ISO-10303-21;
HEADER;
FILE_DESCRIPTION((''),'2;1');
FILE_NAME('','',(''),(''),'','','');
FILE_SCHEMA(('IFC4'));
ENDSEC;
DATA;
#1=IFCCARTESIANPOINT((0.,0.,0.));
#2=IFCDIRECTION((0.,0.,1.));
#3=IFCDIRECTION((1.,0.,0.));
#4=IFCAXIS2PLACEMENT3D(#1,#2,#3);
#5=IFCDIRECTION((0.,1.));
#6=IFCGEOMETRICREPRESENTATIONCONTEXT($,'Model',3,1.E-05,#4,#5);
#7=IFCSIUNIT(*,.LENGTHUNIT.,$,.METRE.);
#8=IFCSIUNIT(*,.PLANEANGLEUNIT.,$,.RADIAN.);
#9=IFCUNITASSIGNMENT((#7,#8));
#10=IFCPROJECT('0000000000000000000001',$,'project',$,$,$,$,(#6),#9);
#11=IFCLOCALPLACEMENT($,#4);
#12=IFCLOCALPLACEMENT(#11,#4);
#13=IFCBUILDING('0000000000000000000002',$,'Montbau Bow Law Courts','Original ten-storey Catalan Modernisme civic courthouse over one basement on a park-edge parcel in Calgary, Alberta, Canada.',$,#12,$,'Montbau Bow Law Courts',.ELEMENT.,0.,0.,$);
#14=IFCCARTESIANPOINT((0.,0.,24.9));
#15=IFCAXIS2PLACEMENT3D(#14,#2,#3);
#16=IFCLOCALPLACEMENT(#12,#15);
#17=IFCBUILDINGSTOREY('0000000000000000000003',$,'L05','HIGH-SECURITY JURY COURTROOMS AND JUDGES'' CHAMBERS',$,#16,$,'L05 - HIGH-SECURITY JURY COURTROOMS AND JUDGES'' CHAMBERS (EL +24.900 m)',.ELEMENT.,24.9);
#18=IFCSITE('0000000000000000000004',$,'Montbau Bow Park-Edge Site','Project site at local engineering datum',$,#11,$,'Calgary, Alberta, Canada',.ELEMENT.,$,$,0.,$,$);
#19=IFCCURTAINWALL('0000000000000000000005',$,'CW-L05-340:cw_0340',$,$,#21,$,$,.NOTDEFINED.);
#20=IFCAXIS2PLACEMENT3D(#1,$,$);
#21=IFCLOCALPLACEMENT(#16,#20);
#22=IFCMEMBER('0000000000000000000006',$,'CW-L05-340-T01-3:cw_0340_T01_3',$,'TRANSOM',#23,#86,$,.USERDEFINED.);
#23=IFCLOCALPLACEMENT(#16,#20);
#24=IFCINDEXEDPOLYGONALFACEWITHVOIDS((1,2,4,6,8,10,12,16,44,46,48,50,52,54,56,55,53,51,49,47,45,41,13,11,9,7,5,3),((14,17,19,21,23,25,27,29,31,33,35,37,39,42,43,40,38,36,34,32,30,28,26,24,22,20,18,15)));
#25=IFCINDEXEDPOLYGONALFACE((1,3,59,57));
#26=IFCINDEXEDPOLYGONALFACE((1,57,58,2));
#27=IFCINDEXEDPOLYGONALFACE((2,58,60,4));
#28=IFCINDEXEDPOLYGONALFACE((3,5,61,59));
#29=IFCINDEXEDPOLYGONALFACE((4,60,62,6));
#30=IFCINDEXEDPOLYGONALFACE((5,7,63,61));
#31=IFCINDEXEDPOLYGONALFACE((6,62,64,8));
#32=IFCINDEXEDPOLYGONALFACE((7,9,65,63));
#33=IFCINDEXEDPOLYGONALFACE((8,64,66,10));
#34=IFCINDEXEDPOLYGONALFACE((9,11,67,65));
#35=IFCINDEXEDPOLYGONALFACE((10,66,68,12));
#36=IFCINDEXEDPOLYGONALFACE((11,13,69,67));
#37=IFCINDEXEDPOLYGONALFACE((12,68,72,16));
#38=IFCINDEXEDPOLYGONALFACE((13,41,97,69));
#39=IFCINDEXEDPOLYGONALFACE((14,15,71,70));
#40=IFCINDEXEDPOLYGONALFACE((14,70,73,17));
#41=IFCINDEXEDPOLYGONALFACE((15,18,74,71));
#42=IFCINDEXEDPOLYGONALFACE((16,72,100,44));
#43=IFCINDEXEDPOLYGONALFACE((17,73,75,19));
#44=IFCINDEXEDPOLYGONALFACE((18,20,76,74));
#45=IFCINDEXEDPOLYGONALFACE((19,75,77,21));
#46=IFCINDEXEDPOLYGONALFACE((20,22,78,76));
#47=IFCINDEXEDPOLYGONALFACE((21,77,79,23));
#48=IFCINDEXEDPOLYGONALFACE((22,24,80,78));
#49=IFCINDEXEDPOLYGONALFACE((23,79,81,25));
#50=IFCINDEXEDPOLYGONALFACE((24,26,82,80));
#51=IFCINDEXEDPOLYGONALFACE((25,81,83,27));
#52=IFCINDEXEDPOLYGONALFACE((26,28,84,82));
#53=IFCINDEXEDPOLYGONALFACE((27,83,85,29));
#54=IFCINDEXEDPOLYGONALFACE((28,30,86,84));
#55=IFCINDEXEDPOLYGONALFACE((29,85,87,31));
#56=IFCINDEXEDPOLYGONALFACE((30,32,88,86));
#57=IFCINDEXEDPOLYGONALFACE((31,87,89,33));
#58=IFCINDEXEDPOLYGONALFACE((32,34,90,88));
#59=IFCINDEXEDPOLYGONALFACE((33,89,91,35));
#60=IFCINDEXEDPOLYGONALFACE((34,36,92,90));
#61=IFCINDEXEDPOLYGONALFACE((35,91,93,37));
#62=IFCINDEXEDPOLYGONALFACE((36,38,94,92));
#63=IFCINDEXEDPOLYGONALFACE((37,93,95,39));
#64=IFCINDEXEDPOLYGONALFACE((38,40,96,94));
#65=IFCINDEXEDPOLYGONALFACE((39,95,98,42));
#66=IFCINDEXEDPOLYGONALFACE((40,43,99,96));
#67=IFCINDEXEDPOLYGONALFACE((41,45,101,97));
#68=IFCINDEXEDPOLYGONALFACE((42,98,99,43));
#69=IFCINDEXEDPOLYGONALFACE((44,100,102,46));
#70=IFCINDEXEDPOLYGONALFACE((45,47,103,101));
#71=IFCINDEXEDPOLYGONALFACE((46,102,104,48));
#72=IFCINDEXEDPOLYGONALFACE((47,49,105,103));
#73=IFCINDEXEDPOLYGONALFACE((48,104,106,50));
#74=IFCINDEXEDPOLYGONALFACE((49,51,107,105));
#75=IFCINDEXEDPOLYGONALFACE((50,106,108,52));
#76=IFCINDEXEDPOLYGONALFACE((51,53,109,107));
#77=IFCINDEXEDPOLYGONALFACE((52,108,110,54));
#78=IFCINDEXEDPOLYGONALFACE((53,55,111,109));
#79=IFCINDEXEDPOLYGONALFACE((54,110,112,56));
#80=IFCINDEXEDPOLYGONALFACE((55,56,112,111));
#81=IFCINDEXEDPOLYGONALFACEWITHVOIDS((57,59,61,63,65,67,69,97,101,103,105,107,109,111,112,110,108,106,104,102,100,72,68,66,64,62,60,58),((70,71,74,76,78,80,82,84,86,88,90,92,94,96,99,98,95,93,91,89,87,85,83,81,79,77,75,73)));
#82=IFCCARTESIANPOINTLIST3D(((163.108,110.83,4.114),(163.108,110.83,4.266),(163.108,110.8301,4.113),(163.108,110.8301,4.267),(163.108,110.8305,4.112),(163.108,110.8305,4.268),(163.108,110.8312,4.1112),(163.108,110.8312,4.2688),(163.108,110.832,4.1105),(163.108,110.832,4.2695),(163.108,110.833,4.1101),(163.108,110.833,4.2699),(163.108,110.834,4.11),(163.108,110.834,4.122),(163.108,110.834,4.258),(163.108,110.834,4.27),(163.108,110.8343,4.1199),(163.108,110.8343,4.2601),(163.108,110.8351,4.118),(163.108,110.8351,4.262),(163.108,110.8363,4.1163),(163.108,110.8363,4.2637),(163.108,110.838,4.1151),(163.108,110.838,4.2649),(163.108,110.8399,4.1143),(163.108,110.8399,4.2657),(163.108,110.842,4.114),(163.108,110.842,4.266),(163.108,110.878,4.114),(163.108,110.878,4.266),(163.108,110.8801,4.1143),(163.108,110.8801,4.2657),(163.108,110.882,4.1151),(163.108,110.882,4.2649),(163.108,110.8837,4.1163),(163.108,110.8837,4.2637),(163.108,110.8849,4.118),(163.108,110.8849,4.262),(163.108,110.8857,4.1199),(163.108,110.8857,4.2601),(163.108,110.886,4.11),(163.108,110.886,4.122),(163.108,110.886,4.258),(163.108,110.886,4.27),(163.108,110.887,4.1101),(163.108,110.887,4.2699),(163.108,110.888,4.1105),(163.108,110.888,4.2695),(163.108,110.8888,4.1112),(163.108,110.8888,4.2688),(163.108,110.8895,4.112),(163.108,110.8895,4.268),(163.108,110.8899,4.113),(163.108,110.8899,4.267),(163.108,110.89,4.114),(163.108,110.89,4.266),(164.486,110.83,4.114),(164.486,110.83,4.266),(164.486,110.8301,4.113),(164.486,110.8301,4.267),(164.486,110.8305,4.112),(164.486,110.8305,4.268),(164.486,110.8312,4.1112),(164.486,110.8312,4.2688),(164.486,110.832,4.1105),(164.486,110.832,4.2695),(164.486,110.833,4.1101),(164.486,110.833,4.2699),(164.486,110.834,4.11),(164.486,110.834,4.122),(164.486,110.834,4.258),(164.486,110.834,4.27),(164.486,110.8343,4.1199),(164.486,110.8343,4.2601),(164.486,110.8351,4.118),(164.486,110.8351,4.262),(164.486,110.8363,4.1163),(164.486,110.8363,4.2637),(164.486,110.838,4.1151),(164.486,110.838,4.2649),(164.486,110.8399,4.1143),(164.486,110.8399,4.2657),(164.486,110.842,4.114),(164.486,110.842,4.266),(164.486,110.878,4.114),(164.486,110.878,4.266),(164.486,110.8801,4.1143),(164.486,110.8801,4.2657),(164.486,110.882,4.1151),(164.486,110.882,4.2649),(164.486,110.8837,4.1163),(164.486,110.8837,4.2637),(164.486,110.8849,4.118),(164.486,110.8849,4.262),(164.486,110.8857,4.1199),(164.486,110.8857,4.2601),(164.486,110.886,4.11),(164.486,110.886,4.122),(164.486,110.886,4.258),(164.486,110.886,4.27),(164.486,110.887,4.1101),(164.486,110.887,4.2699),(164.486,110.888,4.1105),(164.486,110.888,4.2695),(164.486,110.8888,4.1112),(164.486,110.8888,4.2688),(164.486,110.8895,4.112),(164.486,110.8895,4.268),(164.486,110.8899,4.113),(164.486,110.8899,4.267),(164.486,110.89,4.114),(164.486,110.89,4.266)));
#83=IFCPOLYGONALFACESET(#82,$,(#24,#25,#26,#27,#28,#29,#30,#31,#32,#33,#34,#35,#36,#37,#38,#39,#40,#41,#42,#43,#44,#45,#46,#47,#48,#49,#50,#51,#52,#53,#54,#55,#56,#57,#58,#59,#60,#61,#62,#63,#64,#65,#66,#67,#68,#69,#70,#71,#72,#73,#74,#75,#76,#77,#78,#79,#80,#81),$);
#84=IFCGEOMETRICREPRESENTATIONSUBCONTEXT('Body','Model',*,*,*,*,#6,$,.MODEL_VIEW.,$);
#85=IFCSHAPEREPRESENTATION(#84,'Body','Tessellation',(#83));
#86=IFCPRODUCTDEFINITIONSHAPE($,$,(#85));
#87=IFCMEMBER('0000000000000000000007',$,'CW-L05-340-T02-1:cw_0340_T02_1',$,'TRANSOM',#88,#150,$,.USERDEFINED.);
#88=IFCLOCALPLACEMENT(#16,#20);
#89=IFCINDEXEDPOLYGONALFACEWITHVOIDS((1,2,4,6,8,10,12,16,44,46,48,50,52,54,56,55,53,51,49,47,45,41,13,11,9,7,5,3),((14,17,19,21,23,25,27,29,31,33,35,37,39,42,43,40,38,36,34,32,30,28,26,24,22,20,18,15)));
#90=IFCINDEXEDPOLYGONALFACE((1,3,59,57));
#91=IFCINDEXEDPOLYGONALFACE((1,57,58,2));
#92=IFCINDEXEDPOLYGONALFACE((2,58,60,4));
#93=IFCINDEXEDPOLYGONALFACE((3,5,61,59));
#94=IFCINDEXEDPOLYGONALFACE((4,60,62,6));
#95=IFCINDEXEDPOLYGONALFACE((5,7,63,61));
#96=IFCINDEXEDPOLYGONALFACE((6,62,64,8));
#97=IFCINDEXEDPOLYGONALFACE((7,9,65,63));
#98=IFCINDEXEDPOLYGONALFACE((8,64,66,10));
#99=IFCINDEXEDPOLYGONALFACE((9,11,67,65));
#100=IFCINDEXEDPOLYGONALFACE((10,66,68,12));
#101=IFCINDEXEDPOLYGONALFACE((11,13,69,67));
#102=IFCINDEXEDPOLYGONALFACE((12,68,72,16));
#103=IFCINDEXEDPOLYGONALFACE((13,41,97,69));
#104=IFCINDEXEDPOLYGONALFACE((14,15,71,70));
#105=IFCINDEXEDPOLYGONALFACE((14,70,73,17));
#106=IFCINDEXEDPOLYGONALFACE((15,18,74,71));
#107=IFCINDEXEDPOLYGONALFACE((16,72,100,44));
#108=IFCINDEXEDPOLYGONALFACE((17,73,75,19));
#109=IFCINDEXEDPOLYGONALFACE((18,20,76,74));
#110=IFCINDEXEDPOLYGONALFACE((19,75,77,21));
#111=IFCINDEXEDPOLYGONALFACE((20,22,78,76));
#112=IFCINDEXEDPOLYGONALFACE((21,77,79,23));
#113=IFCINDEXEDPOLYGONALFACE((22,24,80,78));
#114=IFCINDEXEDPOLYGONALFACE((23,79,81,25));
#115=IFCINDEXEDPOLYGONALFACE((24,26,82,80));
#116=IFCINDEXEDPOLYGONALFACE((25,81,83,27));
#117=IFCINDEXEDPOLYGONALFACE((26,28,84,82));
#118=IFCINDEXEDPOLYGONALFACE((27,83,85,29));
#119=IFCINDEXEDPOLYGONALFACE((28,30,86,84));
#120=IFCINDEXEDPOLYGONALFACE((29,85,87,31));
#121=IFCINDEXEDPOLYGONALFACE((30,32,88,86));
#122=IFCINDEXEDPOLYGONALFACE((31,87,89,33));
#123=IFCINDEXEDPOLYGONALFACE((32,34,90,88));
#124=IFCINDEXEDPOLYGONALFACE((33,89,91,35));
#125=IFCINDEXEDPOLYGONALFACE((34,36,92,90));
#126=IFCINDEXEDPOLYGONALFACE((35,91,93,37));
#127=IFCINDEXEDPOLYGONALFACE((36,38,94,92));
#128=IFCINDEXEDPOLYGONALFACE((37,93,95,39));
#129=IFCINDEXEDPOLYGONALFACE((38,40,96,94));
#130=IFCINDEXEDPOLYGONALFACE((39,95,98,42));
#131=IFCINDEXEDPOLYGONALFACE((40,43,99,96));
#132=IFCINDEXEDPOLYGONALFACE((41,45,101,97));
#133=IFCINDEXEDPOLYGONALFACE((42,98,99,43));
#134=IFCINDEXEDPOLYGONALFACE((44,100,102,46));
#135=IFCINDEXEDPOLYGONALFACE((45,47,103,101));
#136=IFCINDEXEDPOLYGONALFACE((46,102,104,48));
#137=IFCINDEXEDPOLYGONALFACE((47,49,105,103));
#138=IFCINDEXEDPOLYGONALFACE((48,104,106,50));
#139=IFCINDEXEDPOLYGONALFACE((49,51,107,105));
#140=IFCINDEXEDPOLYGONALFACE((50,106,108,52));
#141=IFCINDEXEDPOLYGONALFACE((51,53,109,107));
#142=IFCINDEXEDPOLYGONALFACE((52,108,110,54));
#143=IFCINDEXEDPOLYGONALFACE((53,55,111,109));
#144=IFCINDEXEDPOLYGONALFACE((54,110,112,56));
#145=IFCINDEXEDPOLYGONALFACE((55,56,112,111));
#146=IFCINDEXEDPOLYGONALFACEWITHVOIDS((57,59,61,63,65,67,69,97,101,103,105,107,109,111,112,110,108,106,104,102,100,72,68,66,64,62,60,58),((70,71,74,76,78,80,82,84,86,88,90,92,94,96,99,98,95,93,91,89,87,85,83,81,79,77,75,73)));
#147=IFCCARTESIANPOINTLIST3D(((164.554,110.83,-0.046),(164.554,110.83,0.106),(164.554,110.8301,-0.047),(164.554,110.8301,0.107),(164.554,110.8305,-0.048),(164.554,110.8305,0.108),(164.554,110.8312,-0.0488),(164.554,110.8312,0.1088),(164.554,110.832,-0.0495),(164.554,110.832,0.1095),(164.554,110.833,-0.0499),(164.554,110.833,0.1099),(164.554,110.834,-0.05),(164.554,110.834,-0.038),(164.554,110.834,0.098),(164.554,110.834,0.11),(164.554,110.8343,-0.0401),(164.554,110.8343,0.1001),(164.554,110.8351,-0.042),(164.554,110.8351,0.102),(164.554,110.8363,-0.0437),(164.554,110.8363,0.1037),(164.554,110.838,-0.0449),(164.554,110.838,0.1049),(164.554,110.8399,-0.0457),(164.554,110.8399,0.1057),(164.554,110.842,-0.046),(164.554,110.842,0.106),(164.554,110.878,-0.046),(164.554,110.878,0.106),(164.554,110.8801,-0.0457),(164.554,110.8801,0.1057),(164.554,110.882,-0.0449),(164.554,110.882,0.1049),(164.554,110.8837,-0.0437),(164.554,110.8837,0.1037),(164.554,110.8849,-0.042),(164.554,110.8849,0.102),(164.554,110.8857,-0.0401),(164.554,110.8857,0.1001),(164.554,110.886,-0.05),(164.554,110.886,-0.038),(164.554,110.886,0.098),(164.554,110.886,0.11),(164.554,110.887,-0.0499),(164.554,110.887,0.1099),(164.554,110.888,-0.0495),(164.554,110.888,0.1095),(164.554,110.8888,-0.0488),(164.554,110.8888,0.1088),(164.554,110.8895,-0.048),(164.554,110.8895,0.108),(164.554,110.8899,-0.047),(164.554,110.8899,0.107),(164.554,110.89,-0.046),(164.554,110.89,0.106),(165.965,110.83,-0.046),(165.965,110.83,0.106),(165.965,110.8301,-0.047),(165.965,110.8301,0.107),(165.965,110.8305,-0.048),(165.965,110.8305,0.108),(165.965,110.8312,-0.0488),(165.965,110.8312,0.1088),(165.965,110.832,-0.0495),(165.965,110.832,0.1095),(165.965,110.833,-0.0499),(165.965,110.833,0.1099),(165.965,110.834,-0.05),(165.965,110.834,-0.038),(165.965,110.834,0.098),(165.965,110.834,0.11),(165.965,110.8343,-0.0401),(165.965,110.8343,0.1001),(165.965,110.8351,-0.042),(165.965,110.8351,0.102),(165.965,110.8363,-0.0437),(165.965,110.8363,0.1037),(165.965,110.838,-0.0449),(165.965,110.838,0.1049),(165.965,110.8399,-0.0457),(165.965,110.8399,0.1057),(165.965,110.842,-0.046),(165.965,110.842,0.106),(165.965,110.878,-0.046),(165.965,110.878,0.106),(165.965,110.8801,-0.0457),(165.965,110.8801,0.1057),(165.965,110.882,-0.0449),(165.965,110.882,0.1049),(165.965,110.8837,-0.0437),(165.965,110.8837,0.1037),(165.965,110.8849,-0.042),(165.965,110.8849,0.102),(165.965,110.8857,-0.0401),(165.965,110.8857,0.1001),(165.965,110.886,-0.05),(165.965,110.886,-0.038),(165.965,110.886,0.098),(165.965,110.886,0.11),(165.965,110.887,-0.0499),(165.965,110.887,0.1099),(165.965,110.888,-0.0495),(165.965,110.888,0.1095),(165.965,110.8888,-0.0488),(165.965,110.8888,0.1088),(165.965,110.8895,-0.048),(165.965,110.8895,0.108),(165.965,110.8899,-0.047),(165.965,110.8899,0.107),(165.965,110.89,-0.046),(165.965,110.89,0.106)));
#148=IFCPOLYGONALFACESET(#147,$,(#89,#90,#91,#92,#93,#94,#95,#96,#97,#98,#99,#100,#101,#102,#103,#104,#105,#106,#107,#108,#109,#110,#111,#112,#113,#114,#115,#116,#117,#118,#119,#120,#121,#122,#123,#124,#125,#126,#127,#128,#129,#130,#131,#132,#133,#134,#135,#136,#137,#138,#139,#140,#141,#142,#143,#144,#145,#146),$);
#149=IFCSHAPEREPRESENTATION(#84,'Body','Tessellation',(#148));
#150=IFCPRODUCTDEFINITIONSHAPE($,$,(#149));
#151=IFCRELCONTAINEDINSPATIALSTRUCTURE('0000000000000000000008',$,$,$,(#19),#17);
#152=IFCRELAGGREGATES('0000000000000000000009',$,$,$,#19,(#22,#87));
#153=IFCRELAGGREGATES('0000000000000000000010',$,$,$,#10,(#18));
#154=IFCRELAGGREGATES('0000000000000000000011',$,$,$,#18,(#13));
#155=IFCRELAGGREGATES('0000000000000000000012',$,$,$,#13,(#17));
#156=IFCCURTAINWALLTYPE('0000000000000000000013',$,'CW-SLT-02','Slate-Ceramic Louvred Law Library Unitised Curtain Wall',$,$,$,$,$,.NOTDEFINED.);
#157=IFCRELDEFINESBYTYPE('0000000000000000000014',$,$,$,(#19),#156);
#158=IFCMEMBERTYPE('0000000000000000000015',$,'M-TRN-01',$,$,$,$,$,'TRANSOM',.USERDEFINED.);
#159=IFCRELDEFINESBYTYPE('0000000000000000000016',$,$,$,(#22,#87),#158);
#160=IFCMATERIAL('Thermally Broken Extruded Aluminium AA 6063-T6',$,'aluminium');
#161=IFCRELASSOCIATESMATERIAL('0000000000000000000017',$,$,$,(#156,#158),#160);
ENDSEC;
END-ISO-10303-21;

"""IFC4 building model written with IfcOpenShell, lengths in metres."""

from ifc_helpers import new_model, si_unit, direction, frame, origin_with_axes, origin_2d_with_axis, place, context, subcontext, project, spatial, hollow_rectangle, extrude, material, material_profile, profile_set, type_object, element, aggregate, save


model = new_model("IFC4")

# Units and contexts
model_context = context("Model", 3, precision=1e-05, world=origin_with_axes(), true_north=direction((0.0, 1.0)))
body_context = subcontext(model_context, "Body", "Model", "MODEL_VIEW")
ifc_project = project(units=[si_unit("LENGTHUNIT", "METRE"), si_unit("PLANEANGLEUNIT", "RADIAN")], contexts=[model_context])

# Site, building, storey
site_placement = place(None, origin_with_axes())
site = spatial("IfcSite", under=ifc_project, at=site_placement, Name="Montbau Bow Park-Edge Site", Description="Project site at local engineering datum", LongName="Calgary, Alberta, Canada", CompositionType="ELEMENT", RefElevation=0.0)
building_placement = place(site_placement, origin_with_axes())
building = spatial("IfcBuilding", under=site, at=building_placement, Name="Montbau Bow Law Courts", Description="Original ten-storey Catalan Modernisme civic courthouse over one basement on a park-edge parcel in Calgary, Alberta, Canada.", LongName="Montbau Bow Law Courts", CompositionType="ELEMENT", ElevationOfRefHeight=0.0, ElevationOfTerrain=0.0)
storey_placement = place(building_placement, frame((0.0, 0.0, 24.9), z_axis=(0.0, 0.0, 1.0), x_axis=(1.0, 0.0, 0.0)))
storey = spatial("IfcBuildingStorey", under=building, at=storey_placement, Name="L05", Description="HIGH-SECURITY JURY COURTROOMS AND JUDGES' CHAMBERS", LongName="L05 - HIGH-SECURITY JURY COURTROOMS AND JUDGES' CHAMBERS (EL +24.900 m)", CompositionType="ELEMENT", Elevation=24.9)

# Curtain wall, members
ifc_material_1 = material(Name="Thermally Broken Extruded Aluminium AA 6063-T6", Category="aluminium")
curtain_wall_type = type_object("IfcCurtainWallType", Name="CW-SLT-02", Description="Slate-Ceramic Louvred Law Library Unitised Curtain Wall", PredefinedType="NOTDEFINED", material=ifc_material_1)
curtain_wall_placement = place(None, frame((163.04, 110.86, 24.9), z_axis=(0.0, 0.0, 1.0), x_axis=(1.0, 0.0, 0.0)))
curtain_wall = element("IfcCurtainWall", 1, at=curtain_wall_placement, inside=storey, type_object=curtain_wall_type, Name="CW-L05-340:cw_0340", PredefinedType="NOTDEFINED")
ifc_material_profile_1 = material_profile(ifc_material_1, hollow_rectangle(XDim=0.06, YDim=0.16, WallThickness=0.004, InnerFilletRadius=0.008, OuterFilletRadius=0.004, at=origin_2d_with_axis()), Name="CWT-160X60", Category="Main", Priority=0)
ifc_profile_set_1 = profile_set([ifc_material_profile_1], Name="Thermally Broken Extruded Aluminium AA 6063-T6")
member_type_1 = type_object("IfcMemberType", Name="M-TRN-01", ElementType="TRANSOM", PredefinedType="USERDEFINED", material=ifc_profile_set_1)
member_1_placement = place(None, frame((163.108, 110.86, 29.09), z_axis=(1.0, 0.0, 0.0), x_axis=(0.0, 1.0, 0.0)))
member_1 = element("IfcMember", 2, at=member_1_placement, type_object=member_type_1, Name="CW-L05-340-T01-3:cw_0340_T01_3", ObjectType="TRANSOM", PredefinedType="USERDEFINED", context=body_context, shape_type="SweptSolid", body=[
    extrude(hollow_rectangle(XDim=0.06, YDim=0.16, WallThickness=0.004, InnerFilletRadius=0.008, OuterFilletRadius=0.004, at=origin_2d_with_axis()), origin_with_axes(), (0.0, 0.0, 1.0), 1.378),
])
member_2_placement = place(None, frame((164.554, 110.86, 24.93), z_axis=(1.0, 0.0, 0.0), x_axis=(0.0, 1.0, 0.0)))
member_2 = element("IfcMember", 3, at=member_2_placement, type_object=member_type_1, Name="CW-L05-340-T02-1:cw_0340_T02_1", ObjectType="TRANSOM", PredefinedType="USERDEFINED", context=body_context, shape_type="SweptSolid", body=[
    extrude(hollow_rectangle(XDim=0.06, YDim=0.16, WallThickness=0.004, InnerFilletRadius=0.008, OuterFilletRadius=0.004, at=origin_2d_with_axis()), origin_with_axes(), (0.0, 0.0, 1.0), 1.411),
])
aggregate(curtain_wall, [member_1, member_2])

save(model, "model.ifc")
